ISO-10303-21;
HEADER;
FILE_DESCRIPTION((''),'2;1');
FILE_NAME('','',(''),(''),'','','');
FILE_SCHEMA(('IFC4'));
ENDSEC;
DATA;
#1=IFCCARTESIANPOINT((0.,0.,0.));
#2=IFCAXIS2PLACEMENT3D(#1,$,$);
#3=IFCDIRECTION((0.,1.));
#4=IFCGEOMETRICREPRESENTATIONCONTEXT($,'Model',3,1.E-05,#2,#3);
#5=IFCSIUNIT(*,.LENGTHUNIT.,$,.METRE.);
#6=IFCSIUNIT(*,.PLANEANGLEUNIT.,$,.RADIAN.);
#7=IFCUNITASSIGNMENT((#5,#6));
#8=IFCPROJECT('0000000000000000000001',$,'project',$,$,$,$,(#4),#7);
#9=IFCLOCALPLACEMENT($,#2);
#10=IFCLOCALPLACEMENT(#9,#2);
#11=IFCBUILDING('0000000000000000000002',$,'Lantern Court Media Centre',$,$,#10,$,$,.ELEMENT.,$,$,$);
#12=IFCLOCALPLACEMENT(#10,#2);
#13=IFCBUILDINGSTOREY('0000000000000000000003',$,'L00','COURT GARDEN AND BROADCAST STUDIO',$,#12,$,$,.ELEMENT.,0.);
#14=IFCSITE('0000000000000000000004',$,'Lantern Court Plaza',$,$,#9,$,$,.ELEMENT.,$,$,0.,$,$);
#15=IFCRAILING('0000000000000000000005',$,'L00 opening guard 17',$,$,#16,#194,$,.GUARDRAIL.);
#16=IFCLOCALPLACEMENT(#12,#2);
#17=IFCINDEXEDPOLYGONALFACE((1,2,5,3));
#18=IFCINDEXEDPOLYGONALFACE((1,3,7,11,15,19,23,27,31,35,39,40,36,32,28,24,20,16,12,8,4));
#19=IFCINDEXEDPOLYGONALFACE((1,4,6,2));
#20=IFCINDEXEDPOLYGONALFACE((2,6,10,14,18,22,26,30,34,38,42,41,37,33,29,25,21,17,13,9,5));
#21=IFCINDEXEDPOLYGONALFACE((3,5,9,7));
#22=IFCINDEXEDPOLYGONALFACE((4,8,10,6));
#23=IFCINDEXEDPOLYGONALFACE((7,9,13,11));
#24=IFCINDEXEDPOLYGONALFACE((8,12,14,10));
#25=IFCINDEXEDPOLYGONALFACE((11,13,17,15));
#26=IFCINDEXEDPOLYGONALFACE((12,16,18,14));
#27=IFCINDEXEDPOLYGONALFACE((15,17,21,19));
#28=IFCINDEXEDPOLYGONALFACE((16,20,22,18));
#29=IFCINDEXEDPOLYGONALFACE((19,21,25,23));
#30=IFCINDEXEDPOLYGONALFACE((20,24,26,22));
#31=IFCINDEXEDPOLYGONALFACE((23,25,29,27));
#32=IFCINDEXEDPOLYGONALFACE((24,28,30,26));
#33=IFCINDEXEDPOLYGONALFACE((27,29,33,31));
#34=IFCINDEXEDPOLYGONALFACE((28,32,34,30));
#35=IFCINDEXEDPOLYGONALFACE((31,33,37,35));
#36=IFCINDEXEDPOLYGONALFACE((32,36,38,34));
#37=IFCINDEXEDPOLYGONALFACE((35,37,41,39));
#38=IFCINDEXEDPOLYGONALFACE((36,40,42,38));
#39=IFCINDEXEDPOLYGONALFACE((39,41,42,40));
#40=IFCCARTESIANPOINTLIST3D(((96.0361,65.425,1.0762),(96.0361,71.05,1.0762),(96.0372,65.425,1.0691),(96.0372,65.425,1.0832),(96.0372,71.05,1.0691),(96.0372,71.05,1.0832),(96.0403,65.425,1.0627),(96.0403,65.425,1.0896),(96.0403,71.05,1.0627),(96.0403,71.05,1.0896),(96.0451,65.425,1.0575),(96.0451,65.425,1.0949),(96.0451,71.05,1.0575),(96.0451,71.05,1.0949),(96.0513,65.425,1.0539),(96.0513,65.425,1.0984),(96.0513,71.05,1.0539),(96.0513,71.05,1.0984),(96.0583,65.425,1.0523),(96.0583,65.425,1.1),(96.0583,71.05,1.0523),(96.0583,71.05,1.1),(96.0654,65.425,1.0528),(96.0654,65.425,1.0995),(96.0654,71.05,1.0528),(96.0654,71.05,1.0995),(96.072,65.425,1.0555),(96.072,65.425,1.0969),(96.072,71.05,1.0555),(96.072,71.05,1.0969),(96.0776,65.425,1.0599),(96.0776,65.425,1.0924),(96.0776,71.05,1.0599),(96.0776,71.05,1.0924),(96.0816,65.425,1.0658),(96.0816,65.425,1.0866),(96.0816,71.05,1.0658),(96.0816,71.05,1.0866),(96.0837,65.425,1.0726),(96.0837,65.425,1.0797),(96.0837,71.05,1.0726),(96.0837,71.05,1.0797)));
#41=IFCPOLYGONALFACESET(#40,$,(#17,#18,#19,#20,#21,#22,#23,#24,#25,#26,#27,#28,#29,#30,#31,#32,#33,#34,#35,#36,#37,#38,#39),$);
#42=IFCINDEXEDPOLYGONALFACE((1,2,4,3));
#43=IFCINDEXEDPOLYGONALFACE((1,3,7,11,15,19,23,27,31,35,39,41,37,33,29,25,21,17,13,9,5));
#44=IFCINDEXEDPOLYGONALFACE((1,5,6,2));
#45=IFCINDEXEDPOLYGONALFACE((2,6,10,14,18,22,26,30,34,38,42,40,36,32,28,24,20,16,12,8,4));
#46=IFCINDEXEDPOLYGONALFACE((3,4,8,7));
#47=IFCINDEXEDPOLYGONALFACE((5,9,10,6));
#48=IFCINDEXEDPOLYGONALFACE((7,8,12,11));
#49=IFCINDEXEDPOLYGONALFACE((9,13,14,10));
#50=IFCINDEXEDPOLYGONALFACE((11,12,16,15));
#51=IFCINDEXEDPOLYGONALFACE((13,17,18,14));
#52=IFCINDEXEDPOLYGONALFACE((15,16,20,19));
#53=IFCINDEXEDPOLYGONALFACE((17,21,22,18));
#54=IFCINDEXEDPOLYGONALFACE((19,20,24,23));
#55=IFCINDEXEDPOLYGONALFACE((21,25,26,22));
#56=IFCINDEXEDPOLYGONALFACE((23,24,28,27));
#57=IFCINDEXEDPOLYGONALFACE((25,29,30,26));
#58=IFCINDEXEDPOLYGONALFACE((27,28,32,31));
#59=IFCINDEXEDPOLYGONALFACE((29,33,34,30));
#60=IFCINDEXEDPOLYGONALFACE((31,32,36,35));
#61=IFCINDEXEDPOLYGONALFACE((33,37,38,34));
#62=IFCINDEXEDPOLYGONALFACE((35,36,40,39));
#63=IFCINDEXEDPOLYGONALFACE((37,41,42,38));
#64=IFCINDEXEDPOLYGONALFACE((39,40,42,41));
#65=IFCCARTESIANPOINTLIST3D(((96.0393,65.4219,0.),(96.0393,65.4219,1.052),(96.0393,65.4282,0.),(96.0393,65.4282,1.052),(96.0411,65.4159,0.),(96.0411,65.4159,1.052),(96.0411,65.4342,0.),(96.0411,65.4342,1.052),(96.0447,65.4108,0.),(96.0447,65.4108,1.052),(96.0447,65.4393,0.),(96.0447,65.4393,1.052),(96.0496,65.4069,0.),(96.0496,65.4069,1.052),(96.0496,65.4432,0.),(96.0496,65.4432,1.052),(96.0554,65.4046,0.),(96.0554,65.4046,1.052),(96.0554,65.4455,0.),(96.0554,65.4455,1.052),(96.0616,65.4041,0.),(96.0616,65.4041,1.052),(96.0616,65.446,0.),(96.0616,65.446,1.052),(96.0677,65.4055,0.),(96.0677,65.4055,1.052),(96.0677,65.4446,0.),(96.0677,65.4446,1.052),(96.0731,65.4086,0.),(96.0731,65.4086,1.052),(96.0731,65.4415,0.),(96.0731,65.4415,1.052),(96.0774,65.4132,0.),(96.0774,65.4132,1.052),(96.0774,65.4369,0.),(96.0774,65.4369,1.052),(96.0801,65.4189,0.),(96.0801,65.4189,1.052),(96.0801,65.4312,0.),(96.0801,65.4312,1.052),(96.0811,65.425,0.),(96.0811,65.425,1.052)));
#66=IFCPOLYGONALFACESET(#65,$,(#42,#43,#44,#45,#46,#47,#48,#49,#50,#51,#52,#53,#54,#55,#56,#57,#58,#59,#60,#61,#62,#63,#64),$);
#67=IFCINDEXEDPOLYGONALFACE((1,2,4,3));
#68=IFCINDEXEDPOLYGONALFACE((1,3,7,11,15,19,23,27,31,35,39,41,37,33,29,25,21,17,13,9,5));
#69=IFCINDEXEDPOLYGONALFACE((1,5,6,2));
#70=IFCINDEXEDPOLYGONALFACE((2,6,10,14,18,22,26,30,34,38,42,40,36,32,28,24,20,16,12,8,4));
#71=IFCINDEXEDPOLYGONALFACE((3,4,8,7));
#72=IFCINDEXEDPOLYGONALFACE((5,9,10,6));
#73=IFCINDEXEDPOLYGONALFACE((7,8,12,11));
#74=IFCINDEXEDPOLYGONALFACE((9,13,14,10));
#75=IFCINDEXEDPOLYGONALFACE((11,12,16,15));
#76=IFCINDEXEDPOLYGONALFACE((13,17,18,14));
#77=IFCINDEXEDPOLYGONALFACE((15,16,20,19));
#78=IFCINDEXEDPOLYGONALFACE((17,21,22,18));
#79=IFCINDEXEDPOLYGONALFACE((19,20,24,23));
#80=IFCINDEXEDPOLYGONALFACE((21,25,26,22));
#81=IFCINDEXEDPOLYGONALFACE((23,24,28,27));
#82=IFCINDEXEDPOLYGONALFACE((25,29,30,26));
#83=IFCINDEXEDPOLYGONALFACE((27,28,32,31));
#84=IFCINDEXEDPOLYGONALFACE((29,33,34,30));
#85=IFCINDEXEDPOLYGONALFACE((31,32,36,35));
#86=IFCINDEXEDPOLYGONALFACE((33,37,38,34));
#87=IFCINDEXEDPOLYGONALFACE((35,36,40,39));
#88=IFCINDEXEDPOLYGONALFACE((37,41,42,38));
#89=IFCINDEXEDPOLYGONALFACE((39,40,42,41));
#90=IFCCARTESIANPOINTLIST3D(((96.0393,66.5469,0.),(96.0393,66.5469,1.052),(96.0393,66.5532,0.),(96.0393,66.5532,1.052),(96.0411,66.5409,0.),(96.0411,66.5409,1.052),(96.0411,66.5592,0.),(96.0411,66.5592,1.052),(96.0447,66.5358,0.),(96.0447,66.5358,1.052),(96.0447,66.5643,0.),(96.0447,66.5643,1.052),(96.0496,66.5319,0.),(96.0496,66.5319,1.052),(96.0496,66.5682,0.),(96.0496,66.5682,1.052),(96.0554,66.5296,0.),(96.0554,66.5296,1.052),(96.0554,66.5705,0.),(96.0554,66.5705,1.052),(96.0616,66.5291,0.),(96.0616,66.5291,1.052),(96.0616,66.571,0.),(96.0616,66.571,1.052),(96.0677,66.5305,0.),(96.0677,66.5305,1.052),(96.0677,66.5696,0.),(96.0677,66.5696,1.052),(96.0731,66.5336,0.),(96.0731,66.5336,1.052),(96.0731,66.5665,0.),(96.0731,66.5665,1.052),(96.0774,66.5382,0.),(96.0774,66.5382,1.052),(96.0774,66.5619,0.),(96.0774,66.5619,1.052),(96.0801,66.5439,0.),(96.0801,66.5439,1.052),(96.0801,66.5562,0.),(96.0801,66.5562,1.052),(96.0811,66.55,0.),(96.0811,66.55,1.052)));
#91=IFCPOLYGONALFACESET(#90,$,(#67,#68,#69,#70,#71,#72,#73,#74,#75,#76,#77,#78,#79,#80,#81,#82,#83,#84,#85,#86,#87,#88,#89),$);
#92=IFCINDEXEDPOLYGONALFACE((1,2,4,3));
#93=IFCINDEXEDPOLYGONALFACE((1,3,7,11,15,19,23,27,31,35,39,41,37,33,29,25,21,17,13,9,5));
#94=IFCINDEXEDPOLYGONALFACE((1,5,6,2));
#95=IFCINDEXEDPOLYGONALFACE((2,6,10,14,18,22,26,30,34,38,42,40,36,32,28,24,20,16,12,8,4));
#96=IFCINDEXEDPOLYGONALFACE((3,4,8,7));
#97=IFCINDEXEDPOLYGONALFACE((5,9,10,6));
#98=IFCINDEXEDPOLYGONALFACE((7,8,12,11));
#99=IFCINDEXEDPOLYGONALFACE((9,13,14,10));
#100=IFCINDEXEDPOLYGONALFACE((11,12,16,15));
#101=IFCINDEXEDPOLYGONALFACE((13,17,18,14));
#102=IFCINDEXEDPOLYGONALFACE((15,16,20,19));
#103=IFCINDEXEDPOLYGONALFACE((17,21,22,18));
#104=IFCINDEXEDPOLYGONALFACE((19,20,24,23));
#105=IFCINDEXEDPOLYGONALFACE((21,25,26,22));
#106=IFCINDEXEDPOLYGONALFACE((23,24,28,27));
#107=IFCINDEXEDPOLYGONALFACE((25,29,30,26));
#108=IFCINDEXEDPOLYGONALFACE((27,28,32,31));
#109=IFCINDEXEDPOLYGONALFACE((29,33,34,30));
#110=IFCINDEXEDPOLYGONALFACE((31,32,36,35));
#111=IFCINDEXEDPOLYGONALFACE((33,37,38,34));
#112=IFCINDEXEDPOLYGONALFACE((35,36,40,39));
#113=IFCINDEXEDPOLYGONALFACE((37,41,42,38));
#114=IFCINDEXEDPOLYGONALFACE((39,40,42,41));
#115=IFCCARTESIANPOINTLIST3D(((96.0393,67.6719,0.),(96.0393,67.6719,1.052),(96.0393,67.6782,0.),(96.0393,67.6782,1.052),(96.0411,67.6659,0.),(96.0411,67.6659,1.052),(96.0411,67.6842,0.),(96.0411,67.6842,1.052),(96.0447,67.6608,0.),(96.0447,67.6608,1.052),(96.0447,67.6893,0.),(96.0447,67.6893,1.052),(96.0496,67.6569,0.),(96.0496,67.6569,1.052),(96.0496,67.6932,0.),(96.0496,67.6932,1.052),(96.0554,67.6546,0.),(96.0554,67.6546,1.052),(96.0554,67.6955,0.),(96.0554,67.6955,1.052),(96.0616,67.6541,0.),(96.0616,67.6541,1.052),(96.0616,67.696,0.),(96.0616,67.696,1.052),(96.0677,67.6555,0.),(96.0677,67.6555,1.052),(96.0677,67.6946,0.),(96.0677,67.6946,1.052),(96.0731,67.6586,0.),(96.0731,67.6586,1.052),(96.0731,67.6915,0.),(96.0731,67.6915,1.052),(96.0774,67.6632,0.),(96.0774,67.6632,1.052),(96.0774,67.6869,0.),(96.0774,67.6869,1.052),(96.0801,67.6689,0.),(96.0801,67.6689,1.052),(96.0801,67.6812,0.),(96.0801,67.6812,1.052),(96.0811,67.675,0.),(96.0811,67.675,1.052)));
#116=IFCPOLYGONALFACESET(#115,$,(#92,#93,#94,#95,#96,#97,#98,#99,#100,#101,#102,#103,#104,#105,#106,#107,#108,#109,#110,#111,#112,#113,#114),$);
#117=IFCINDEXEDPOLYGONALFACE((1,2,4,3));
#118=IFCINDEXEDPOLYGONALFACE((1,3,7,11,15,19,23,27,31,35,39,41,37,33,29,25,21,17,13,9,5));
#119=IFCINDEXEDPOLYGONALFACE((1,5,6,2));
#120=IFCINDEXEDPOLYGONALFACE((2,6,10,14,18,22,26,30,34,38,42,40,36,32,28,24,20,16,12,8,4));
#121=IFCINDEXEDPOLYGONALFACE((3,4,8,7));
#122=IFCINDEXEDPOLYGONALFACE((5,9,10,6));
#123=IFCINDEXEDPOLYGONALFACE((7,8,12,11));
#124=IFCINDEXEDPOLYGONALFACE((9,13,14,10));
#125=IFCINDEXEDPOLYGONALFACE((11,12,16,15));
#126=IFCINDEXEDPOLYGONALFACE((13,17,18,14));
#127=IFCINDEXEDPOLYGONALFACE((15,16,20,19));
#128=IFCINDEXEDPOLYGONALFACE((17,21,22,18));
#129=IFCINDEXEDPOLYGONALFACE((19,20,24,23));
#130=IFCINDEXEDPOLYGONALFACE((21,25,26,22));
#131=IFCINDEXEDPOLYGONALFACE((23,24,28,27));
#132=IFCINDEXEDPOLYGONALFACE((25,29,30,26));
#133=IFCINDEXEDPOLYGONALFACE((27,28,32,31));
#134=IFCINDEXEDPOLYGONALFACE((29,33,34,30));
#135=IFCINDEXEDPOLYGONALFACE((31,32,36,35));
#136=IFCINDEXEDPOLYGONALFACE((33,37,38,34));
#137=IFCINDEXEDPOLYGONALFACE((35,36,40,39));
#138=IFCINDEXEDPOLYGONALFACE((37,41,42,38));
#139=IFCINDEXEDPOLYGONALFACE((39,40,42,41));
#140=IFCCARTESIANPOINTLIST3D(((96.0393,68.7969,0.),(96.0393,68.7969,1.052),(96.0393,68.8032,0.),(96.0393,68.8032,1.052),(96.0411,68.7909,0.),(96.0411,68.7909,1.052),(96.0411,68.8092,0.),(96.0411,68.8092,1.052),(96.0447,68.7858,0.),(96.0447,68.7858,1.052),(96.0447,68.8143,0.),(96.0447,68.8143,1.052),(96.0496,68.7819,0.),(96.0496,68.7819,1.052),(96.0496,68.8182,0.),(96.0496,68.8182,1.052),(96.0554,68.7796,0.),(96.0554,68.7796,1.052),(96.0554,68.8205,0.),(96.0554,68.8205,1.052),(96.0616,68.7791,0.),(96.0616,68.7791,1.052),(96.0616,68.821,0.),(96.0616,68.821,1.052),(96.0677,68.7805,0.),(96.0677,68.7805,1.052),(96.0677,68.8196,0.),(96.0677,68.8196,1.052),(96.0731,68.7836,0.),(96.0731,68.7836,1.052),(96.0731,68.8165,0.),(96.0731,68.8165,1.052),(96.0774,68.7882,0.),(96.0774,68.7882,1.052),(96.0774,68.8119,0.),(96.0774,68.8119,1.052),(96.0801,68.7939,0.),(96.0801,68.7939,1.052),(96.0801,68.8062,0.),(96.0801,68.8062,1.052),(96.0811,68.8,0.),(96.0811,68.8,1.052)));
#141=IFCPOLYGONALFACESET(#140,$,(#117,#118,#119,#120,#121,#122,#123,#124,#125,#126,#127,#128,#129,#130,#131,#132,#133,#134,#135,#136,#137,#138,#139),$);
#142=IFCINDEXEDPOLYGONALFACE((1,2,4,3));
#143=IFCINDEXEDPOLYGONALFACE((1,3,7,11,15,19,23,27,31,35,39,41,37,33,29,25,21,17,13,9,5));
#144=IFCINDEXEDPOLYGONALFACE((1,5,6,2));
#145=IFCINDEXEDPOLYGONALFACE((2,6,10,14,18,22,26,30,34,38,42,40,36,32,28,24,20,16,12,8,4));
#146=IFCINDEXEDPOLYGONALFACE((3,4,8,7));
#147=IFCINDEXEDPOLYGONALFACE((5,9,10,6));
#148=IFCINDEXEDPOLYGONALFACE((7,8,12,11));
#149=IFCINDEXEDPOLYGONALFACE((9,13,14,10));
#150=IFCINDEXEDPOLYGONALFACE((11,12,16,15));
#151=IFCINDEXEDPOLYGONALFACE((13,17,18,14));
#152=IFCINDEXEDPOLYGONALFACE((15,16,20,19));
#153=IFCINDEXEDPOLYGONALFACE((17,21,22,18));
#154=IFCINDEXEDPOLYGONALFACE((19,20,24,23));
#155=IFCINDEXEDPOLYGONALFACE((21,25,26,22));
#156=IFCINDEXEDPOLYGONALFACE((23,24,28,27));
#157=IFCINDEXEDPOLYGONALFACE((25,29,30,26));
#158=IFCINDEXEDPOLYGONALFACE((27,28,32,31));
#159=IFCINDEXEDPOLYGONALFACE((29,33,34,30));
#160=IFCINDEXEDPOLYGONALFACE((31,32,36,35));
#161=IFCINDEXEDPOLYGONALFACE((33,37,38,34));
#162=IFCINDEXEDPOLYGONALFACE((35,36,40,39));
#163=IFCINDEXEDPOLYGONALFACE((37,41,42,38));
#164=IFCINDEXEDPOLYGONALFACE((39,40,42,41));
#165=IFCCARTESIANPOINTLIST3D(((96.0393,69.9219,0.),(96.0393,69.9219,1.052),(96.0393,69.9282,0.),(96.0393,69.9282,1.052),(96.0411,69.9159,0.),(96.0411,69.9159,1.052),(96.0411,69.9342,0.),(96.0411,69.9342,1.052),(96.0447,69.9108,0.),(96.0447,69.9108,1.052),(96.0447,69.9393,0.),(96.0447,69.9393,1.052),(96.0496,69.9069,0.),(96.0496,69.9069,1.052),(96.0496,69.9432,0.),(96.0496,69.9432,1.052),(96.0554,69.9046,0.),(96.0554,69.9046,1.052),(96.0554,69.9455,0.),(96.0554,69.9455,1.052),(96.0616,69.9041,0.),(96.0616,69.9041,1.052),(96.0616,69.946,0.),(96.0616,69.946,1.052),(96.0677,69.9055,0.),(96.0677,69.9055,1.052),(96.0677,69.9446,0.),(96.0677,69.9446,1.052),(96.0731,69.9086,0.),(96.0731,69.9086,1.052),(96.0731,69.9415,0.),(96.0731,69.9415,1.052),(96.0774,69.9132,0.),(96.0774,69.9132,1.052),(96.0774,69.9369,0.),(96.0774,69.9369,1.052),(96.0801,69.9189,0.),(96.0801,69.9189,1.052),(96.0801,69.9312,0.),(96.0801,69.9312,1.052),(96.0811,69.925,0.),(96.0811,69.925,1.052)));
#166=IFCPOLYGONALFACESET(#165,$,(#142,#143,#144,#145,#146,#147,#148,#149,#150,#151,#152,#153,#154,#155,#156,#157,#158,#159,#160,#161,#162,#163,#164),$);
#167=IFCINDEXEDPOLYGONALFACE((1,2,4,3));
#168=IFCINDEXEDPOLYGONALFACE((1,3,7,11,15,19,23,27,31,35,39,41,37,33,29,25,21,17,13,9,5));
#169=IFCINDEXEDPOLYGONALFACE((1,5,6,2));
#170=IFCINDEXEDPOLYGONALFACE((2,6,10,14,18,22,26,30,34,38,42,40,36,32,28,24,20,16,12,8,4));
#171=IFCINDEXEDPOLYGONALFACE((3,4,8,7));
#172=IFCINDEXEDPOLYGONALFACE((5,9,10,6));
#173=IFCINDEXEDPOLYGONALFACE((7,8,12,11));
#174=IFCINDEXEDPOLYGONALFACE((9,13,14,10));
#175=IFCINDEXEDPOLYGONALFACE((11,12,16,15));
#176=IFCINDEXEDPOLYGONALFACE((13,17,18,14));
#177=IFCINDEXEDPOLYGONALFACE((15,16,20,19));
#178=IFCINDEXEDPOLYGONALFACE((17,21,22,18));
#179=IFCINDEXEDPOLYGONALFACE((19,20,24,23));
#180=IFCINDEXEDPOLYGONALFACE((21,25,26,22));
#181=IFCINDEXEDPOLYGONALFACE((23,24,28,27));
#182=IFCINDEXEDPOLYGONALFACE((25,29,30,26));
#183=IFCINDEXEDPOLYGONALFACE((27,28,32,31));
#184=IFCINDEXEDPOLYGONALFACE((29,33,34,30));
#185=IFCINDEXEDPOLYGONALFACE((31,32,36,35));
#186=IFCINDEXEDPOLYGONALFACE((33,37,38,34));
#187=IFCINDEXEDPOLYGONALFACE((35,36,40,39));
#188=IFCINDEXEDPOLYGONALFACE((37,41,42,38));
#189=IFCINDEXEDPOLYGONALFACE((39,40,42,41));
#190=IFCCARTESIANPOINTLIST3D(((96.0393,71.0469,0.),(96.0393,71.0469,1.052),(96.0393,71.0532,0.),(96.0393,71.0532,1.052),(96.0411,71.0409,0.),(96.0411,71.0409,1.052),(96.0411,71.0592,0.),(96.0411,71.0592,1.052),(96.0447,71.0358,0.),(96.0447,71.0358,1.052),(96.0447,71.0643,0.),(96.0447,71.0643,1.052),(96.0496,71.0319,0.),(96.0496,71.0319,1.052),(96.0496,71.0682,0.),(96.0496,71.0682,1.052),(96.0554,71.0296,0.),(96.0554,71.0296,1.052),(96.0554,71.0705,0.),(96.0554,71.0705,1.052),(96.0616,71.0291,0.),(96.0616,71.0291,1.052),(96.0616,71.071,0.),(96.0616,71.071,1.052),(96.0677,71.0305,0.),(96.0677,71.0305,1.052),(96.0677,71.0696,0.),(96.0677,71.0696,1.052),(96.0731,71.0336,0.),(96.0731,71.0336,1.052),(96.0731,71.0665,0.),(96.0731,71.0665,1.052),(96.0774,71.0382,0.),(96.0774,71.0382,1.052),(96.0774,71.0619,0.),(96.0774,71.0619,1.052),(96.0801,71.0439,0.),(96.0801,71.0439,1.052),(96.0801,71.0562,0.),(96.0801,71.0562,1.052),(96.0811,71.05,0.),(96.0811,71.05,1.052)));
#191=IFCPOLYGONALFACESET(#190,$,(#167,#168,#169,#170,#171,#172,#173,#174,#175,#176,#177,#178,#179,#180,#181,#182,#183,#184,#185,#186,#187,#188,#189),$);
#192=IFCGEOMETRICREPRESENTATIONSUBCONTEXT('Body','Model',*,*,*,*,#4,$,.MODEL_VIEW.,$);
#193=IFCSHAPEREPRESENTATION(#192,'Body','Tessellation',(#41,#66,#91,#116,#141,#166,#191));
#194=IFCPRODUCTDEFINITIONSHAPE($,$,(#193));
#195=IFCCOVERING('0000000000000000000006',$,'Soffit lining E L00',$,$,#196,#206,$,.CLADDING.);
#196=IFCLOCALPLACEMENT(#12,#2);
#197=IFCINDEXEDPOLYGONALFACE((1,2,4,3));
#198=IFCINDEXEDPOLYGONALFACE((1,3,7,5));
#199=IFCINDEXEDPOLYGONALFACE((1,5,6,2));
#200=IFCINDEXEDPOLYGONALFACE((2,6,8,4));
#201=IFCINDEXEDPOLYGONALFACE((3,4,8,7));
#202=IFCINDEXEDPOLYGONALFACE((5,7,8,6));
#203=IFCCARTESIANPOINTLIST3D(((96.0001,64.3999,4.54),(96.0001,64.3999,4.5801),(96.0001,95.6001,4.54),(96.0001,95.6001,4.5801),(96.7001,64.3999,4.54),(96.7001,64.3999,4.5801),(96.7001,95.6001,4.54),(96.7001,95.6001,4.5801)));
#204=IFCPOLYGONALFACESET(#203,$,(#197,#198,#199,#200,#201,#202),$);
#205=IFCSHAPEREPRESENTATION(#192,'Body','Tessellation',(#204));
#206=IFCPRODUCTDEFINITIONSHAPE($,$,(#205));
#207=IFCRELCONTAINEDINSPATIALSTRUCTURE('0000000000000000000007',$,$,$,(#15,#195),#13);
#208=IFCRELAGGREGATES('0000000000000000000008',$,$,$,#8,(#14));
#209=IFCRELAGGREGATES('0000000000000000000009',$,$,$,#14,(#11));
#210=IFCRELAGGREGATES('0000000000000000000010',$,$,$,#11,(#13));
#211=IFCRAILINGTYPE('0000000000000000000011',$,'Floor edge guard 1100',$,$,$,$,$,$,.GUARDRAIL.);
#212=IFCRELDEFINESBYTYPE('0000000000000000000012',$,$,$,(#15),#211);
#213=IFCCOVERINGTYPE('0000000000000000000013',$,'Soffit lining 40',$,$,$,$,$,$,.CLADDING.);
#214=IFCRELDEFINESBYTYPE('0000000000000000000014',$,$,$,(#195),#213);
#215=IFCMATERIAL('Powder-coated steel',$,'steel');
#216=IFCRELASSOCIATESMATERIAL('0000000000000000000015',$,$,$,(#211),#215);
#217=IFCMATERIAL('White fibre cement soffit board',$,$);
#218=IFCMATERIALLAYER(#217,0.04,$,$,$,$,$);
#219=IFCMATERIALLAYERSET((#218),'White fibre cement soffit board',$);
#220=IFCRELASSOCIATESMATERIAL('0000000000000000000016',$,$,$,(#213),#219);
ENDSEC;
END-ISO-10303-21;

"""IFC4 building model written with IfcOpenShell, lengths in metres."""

from ifc_helpers import new_model, si_unit, direction, frame, frame_2d, origin, origin_2d, place, context, subcontext, project, spatial, rectangle, circle, extrude, material, layer, layer_set, type_object, element, save


model = new_model("IFC4")

# Units and contexts
model_context = context("Model", 3, precision=1e-05, world=origin(), true_north=direction((0.0, 1.0)))
body_context = subcontext(model_context, "Body", "Model", "MODEL_VIEW")
ifc_project = project(units=[si_unit("LENGTHUNIT", "METRE"), si_unit("PLANEANGLEUNIT", "RADIAN")], contexts=[model_context])

# Site, building, storey
site_placement = place(None, origin())
site = spatial("IfcSite", under=ifc_project, at=site_placement, Name="Lantern Court Plaza", CompositionType="ELEMENT", RefElevation=0.0)
building_placement = place(site_placement, origin())
building = spatial("IfcBuilding", under=site, at=building_placement, Name="Lantern Court Media Centre", CompositionType="ELEMENT")
storey_placement = place(building_placement, origin())
storey = spatial("IfcBuildingStorey", under=building, at=storey_placement, Name="L00", Description="COURT GARDEN AND BROADCAST STUDIO", CompositionType="ELEMENT", Elevation=0.0)

# Railing
ifc_material_1 = material(Name="Powder-coated steel", Category="steel")
railing_type = type_object("IfcRailingType", Name="Floor edge guard 1100", PredefinedType="GUARDRAIL", material=ifc_material_1)
railing_placement = place(storey_placement, frame((96.0601, 65.425, 0.0)))
element("IfcRailing", 1, at=railing_placement, inside=storey, type_object=railing_type, Name="L00 opening guard 17", PredefinedType="GUARDRAIL", context=body_context, shape_type="SweptSolid", body=[
    extrude(circle(Radius=0.0239, at=origin_2d()), frame((0.0, 0.0, 1.0762), z_axis=(0.0, 1.0, 0.0), x_axis=(-1.0, 0.0, 0.0)), (0.0, 0.0, 1.0), 5.625),
    extrude(circle(Radius=0.021, at=origin_2d()), origin(), (0.0, 0.0, 1.0), 1.052),
    extrude(circle(Radius=0.021, at=origin_2d()), frame((0.0, 1.125, 0.0)), (0.0, 0.0, 1.0), 1.052),
    extrude(circle(Radius=0.021, at=origin_2d()), frame((0.0, 2.25, 0.0)), (0.0, 0.0, 1.0), 1.052),
    extrude(circle(Radius=0.021, at=origin_2d()), frame((0.0, 3.375, 0.0)), (0.0, 0.0, 1.0), 1.052),
    extrude(circle(Radius=0.021, at=origin_2d()), frame((0.0, 4.5, 0.0)), (0.0, 0.0, 1.0), 1.052),
    extrude(circle(Radius=0.021, at=origin_2d()), frame((0.0, 5.625, 0.0)), (0.0, 0.0, 1.0), 1.052),
])

# Covering
ifc_material_2 = material(Name="White fibre cement soffit board")
ifc_layer_1 = layer(ifc_material_2, 0.04)
ifc_layer_set_1 = layer_set([ifc_layer_1], Name="White fibre cement soffit board")
covering_type = type_object("IfcCoveringType", Name="Soffit lining 40", PredefinedType="CLADDING", material=ifc_layer_set_1)
covering_placement = place(storey_placement, frame((96.3501, 64.3999, 4.54), z_axis=(0.0, 0.0, 1.0), x_axis=(0.0, 1.0, 0.0)))
element("IfcCovering", 2, at=covering_placement, inside=storey, type_object=covering_type, Name="Soffit lining E L00", PredefinedType="CLADDING", context=body_context, shape_type="SweptSolid", body=[
    extrude(rectangle(XDim=31.2002, YDim=0.7, at=frame_2d((15.6001, 0.0))), origin(), (0.0, 0.0, 1.0), 0.04),
])

save(model, "model.ifc")
